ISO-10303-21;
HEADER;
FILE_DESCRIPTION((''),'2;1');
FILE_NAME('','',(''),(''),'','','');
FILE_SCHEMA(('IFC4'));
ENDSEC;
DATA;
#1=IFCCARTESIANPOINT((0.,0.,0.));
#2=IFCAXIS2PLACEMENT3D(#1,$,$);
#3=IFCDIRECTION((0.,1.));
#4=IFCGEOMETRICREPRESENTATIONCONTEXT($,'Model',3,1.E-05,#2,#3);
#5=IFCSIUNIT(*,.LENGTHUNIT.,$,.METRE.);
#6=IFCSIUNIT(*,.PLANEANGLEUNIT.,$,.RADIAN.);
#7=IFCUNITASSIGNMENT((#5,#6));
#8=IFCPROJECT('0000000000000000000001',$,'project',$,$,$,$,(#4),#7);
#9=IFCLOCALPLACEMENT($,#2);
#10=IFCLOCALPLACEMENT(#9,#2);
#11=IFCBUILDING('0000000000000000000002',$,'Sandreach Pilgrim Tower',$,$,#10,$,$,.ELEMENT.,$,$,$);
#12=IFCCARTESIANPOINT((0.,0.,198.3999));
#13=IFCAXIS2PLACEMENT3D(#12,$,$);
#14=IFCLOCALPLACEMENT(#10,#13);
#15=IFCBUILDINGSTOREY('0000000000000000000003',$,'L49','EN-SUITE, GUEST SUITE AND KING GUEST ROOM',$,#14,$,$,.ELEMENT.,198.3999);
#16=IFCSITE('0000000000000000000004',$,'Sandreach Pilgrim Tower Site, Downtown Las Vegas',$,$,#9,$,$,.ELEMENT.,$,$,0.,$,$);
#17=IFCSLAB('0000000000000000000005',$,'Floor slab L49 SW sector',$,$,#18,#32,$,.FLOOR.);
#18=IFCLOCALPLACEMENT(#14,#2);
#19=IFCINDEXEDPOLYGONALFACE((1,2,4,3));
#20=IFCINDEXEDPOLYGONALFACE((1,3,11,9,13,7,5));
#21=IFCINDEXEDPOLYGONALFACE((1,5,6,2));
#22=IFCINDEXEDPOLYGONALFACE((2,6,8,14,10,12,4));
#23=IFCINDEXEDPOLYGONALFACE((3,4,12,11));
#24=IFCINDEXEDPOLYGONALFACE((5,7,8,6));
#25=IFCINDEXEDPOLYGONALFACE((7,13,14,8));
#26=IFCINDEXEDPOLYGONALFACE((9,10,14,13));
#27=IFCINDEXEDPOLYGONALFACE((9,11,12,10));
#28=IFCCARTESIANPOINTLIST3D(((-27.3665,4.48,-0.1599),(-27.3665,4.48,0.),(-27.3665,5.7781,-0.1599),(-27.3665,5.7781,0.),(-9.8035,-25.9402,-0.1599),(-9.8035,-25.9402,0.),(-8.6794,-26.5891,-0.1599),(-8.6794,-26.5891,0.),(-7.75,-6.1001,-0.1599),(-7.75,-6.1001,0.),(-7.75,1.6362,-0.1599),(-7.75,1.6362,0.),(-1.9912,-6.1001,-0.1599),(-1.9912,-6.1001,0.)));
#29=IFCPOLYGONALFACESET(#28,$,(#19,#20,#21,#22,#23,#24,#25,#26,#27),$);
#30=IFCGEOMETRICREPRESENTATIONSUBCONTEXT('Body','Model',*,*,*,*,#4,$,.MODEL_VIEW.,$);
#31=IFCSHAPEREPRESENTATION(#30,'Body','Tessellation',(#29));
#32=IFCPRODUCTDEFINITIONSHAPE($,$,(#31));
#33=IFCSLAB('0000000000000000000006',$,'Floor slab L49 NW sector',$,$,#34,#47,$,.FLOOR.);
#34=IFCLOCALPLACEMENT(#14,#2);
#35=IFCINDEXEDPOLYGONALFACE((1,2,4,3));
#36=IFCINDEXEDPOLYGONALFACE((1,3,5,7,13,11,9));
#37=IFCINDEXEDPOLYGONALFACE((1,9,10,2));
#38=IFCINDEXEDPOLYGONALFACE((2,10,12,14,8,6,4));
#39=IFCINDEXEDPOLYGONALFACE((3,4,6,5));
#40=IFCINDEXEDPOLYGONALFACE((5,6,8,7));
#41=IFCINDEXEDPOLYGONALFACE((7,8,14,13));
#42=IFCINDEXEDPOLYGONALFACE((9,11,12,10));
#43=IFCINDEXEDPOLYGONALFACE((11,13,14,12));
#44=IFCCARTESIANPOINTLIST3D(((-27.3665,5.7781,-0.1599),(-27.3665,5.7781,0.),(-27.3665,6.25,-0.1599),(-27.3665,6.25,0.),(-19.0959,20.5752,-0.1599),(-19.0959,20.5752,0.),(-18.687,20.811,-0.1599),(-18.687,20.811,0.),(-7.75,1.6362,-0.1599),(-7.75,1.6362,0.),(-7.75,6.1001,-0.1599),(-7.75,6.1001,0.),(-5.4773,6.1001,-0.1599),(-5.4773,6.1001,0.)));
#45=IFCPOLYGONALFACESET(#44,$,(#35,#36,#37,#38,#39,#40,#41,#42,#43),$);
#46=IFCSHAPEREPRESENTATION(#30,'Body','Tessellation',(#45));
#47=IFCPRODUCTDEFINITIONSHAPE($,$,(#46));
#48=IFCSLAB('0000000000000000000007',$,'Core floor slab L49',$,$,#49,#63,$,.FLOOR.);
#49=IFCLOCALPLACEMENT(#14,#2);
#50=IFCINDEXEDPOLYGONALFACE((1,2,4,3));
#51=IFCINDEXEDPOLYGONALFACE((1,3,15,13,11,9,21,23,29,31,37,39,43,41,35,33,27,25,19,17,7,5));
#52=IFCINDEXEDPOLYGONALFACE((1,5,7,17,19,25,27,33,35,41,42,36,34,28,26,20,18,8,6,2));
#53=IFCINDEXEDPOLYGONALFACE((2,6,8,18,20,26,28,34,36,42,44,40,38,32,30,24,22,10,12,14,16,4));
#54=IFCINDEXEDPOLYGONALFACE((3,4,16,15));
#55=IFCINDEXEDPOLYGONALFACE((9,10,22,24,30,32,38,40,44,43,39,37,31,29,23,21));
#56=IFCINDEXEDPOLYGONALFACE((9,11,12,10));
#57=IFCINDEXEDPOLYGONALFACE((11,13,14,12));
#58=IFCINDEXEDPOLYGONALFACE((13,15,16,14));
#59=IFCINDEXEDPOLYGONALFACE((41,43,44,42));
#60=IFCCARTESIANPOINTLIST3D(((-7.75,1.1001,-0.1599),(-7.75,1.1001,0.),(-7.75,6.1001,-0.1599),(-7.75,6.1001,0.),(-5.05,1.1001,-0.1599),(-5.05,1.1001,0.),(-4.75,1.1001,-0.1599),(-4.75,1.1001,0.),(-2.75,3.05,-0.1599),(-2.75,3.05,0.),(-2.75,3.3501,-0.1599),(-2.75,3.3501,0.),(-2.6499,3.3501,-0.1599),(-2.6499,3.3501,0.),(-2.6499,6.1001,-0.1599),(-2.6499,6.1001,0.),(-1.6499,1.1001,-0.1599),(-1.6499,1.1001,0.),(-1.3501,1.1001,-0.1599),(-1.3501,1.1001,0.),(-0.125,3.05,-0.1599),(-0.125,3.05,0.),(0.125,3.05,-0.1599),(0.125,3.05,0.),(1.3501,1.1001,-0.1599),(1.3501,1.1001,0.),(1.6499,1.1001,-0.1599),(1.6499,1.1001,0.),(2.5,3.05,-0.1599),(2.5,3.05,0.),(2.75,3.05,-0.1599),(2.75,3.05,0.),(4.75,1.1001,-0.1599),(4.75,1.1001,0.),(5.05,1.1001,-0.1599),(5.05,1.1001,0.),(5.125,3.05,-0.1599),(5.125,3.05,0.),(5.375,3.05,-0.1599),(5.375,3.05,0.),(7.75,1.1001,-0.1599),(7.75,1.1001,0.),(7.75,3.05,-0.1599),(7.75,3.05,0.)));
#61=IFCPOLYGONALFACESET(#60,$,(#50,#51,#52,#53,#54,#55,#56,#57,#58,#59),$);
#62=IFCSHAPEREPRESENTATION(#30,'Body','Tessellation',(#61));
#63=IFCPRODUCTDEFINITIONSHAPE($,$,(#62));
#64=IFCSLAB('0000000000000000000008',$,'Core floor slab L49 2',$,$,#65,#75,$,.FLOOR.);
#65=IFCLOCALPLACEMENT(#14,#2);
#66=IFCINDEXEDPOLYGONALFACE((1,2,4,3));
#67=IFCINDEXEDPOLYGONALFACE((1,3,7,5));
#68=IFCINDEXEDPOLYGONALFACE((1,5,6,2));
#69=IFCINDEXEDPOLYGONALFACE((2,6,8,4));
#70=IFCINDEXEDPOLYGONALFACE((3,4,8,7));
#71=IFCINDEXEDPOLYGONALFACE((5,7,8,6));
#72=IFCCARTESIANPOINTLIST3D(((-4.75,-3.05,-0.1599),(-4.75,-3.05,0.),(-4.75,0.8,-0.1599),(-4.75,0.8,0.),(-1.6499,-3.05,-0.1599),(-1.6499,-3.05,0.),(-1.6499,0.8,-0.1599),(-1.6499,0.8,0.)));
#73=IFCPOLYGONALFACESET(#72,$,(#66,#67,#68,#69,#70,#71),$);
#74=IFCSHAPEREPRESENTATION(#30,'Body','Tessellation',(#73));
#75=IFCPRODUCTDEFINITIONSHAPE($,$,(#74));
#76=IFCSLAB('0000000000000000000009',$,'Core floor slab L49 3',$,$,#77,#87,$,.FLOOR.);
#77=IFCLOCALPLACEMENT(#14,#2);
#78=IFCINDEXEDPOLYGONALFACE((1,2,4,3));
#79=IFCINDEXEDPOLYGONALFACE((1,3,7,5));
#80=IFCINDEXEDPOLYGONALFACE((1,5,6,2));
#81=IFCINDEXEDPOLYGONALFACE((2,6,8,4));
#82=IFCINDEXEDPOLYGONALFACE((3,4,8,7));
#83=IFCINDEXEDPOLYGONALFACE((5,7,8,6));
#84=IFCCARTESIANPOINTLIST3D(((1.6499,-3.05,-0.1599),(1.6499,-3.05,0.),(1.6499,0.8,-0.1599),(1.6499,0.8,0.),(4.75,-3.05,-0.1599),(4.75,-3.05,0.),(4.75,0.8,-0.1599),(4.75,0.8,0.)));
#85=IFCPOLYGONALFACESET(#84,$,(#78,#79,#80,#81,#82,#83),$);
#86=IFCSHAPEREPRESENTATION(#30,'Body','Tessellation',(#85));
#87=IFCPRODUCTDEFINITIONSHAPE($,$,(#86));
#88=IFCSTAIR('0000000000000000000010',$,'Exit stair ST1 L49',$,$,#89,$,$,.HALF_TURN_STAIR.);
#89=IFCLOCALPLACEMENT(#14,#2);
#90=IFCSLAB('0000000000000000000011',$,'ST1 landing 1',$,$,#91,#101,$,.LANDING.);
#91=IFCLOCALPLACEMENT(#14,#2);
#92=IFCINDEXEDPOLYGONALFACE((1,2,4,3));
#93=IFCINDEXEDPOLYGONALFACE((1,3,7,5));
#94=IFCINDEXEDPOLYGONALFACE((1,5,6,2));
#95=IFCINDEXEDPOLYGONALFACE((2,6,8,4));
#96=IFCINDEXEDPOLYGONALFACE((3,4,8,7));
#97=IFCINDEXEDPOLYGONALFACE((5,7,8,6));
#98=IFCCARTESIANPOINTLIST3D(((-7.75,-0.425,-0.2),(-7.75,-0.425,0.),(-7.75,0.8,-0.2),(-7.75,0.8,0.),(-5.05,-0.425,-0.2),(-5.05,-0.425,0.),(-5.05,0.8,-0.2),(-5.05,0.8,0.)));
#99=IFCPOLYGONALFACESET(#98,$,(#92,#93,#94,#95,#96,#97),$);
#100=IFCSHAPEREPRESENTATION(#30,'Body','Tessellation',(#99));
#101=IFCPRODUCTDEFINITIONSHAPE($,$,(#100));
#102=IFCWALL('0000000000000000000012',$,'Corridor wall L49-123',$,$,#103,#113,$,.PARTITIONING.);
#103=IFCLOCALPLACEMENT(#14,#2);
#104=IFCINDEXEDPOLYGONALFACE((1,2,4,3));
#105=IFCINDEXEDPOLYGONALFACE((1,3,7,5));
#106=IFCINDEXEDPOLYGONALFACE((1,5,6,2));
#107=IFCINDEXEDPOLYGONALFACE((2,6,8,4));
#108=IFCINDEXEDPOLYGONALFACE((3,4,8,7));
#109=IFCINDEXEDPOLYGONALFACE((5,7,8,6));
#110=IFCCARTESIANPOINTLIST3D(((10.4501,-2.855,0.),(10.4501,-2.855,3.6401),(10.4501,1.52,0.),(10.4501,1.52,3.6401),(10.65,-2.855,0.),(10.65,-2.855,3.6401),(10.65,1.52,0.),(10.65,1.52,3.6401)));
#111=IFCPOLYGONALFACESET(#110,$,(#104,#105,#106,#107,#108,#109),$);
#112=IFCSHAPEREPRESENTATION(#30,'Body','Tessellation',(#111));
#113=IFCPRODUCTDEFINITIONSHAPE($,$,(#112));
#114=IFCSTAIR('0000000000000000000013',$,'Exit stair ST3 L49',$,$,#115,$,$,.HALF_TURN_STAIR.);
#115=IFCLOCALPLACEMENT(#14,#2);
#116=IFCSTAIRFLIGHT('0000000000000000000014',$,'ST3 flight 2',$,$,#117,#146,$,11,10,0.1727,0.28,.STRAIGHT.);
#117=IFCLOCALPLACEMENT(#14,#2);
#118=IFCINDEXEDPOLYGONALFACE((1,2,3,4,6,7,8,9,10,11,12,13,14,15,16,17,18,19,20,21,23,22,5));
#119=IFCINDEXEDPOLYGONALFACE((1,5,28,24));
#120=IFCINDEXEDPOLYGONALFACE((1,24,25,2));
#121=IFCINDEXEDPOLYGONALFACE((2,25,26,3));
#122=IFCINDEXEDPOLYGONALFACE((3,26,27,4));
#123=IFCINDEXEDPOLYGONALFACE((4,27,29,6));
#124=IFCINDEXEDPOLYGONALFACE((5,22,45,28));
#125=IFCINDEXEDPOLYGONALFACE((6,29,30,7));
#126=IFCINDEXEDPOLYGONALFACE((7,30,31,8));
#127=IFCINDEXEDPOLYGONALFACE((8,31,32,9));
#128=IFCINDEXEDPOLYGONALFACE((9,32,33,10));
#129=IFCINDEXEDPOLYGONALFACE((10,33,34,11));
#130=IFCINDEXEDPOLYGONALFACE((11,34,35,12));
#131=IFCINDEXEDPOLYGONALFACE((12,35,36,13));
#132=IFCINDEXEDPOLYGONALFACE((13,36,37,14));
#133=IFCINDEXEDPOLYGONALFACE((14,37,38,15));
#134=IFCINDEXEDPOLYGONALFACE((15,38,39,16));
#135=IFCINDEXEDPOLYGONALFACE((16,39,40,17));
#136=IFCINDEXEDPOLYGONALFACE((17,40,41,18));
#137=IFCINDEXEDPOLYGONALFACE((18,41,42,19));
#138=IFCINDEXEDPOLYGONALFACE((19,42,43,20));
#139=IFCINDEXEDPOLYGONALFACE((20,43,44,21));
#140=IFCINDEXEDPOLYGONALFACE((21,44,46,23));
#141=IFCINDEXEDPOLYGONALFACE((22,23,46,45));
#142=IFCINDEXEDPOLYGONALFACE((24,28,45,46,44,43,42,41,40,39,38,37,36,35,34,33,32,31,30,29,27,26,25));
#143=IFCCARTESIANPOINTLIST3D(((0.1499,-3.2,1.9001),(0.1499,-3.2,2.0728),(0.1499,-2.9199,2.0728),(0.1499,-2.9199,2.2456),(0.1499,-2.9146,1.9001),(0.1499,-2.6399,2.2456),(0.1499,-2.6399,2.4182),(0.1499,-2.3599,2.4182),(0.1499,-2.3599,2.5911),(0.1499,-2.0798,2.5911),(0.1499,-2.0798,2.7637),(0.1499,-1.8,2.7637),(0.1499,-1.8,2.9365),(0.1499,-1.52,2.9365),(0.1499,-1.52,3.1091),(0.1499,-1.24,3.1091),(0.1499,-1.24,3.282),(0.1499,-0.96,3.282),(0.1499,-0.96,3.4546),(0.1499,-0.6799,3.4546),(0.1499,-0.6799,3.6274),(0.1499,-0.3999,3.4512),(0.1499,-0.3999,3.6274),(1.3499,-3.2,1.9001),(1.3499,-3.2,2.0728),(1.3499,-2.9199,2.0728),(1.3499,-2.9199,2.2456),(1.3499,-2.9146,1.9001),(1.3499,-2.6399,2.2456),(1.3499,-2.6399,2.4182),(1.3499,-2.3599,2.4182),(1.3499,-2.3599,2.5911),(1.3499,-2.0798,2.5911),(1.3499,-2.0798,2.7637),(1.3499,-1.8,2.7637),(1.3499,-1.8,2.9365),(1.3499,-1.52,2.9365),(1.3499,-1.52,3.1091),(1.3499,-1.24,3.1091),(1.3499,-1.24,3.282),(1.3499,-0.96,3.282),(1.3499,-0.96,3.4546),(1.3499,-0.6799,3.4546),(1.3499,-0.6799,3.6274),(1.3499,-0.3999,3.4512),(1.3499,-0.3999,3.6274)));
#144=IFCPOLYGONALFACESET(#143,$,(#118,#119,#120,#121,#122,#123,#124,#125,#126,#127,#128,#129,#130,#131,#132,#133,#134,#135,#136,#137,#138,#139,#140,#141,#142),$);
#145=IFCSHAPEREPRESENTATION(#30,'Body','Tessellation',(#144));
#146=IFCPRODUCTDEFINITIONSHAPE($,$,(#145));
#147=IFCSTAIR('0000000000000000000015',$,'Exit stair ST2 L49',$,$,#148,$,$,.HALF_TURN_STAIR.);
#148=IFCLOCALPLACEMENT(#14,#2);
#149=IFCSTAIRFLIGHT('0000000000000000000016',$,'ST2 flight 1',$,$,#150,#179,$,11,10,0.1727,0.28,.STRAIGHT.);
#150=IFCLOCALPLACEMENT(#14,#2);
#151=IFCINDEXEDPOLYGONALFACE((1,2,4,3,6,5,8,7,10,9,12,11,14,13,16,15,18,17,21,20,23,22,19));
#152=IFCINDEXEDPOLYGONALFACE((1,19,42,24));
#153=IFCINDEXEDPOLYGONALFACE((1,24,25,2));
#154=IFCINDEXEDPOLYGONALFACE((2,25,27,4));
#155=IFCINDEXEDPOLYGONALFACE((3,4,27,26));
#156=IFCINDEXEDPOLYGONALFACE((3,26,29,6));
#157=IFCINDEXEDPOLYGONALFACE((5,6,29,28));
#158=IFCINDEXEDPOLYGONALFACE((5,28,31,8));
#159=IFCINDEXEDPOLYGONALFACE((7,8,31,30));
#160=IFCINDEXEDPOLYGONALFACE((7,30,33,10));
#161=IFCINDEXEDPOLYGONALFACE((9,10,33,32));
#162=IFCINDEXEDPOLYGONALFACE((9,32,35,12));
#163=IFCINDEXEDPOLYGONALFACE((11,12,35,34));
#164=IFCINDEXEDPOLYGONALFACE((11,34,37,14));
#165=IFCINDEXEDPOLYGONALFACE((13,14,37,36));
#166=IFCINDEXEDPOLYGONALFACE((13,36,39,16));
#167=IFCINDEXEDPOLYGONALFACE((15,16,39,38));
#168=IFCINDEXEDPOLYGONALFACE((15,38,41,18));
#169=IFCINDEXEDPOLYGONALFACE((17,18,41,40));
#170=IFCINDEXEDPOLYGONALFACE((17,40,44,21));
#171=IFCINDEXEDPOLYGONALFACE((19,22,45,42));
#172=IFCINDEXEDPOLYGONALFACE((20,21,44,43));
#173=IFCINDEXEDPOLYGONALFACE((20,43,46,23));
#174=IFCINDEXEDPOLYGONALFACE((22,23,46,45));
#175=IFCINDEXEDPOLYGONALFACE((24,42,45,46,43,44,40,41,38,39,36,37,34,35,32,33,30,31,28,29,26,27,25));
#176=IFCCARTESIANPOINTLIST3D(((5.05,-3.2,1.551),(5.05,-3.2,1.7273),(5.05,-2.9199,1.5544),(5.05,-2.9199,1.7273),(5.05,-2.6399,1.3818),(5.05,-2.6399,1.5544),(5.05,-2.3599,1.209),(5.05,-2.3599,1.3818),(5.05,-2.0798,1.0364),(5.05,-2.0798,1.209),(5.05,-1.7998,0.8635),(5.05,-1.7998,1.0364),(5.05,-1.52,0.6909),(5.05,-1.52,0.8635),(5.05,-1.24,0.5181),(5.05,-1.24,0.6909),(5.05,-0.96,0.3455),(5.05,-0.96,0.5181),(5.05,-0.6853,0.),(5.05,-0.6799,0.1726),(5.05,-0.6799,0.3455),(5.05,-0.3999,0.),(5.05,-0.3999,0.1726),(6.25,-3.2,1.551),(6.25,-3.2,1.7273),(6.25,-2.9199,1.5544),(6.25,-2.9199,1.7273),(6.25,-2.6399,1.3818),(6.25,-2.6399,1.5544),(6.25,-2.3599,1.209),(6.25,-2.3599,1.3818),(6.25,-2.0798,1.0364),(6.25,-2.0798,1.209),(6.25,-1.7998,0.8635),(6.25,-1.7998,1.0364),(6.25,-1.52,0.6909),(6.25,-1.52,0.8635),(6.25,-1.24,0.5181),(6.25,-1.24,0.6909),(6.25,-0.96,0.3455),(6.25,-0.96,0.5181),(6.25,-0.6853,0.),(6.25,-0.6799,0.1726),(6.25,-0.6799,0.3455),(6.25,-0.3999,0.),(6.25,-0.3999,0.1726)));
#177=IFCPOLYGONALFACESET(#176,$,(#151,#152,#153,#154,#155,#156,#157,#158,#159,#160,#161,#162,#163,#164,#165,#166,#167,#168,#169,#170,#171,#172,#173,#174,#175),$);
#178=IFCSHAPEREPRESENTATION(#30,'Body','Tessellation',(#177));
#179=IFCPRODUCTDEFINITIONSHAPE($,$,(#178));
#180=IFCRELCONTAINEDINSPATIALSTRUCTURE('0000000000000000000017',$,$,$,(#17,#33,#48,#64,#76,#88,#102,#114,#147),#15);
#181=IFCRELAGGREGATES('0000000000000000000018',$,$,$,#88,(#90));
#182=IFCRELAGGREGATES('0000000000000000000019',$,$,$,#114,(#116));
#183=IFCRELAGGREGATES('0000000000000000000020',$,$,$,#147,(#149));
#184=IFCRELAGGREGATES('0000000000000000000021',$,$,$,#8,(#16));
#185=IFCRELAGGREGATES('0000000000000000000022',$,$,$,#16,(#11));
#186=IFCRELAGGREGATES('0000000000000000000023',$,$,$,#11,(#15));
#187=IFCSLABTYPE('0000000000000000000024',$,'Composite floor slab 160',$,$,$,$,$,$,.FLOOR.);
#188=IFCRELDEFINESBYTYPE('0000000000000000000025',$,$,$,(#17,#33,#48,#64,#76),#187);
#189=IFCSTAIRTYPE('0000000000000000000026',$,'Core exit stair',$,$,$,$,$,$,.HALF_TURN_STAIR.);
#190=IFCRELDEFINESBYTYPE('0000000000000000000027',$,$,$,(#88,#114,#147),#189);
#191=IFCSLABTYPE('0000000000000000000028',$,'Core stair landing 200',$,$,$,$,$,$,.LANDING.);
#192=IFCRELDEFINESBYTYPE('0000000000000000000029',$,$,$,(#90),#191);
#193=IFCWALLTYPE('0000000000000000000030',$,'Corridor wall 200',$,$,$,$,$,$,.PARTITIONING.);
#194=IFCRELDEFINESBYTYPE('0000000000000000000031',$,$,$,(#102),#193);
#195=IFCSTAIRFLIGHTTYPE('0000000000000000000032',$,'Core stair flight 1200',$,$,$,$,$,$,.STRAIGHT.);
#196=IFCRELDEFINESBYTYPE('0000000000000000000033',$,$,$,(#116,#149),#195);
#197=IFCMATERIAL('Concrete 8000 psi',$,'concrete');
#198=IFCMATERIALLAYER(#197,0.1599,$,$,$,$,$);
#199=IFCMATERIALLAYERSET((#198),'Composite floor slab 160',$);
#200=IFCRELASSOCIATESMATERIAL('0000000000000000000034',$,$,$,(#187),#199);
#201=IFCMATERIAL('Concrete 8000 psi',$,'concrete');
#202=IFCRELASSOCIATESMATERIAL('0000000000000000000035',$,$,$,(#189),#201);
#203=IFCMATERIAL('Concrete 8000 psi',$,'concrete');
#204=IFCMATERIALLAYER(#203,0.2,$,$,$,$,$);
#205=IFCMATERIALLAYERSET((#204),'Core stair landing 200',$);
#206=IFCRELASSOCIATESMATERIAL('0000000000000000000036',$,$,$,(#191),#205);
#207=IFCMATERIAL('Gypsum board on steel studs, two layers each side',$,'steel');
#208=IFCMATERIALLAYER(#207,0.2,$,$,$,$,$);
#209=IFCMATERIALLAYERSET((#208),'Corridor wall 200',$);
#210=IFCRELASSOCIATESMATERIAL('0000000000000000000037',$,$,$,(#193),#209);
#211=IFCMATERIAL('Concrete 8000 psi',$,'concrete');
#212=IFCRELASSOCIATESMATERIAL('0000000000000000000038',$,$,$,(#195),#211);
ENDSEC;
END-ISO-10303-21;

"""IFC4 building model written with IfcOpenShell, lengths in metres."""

from ifc_helpers import new_model, si_unit, direction, frame, frame_2d, origin, place, context, subcontext, project, spatial, polyline, rectangle, outline, extrude, material, layer, layer_set, type_object, element, aggregate, save


model = new_model("IFC4")

# Units and contexts
model_context = context("Model", 3, precision=1e-05, world=origin(), true_north=direction((0.0, 1.0)))
body_context = subcontext(model_context, "Body", "Model", "MODEL_VIEW")
ifc_project = project(units=[si_unit("LENGTHUNIT", "METRE"), si_unit("PLANEANGLEUNIT", "RADIAN")], contexts=[model_context])

# Site, building, storey
site_placement = place(None, origin())
site = spatial("IfcSite", under=ifc_project, at=site_placement, Name="Sandreach Pilgrim Tower Site, Downtown Las Vegas", CompositionType="ELEMENT", RefElevation=0.0)
building_placement = place(site_placement, origin())
building = spatial("IfcBuilding", under=site, at=building_placement, Name="Sandreach Pilgrim Tower", CompositionType="ELEMENT")
storey_placement = place(building_placement, frame((0.0, 0.0, 198.3999)))
storey = spatial("IfcBuildingStorey", under=building, at=storey_placement, Name="L49", Description="EN-SUITE, GUEST SUITE AND KING GUEST ROOM", CompositionType="ELEMENT", Elevation=198.3999)

# Slabs
ifc_material_1 = material(Name="Concrete 8000 psi", Category="concrete")
ifc_layer_1 = layer(ifc_material_1, 0.1599)
ifc_layer_set_1 = layer_set([ifc_layer_1], Name="Composite floor slab 160")
slab_type_1 = type_object("IfcSlabType", Name="Composite floor slab 160", PredefinedType="FLOOR", material=ifc_layer_set_1)
slab_1_placement = place(storey_placement, frame((0.0, 0.0, -0.1599)))
element("IfcSlab", 1, at=slab_1_placement, inside=storey, type_object=slab_type_1, Name="Floor slab L49 SW sector", PredefinedType="FLOOR", context=body_context, shape_type="SweptSolid", body=[
    extrude(outline(polyline([(-9.8035, -25.9402), (-27.3665, 4.48), (-27.3665, 5.7781), (-7.75, 1.6362), (-7.75, -6.1001), (-1.9912, -6.1001), (-8.6794, -26.5891), (-9.8035, -25.9402)])), origin(), (0.0, 0.0, 1.0), 0.1599),
])
slab_2_placement = place(storey_placement, frame((0.0, 0.0, -0.1599)))
element("IfcSlab", 2, at=slab_2_placement, inside=storey, type_object=slab_type_1, Name="Floor slab L49 NW sector", PredefinedType="FLOOR", context=body_context, shape_type="SweptSolid", body=[
    extrude(outline(polyline([(-27.3665, 6.25), (-19.0959, 20.5752), (-18.687, 20.811), (-5.4773, 6.1001), (-7.75, 6.1001), (-7.75, 1.6362), (-27.3665, 5.7781), (-27.3665, 6.25)])), origin(), (0.0, 0.0, 1.0), 0.1599),
])
slab_3_placement = place(storey_placement, frame((0.0, 0.0, -0.1599)))
element("IfcSlab", 3, at=slab_3_placement, inside=storey, type_object=slab_type_1, Name="Core floor slab L49", PredefinedType="FLOOR", context=body_context, shape_type="SweptSolid", body=[
    extrude(outline(polyline([(-2.75, 3.3501), (-2.75, 3.05), (-0.125, 3.05), (0.125, 3.05), (2.5, 3.05), (2.75, 3.05), (5.125, 3.05), (5.375, 3.05), (7.75, 3.05), (7.75, 1.1001), (5.05, 1.1001), (4.75, 1.1001), (1.6499, 1.1001), (1.3501, 1.1001), (-1.3501, 1.1001), (-1.6499, 1.1001), (-4.75, 1.1001), (-5.05, 1.1001), (-7.75, 1.1001), (-7.75, 6.1001), (-2.6499, 6.1001), (-2.6499, 3.3501), (-2.75, 3.3501)])), origin(), (0.0, 0.0, 1.0), 0.1599),
])
slab_4_placement = place(storey_placement, frame((0.0, 0.0, -0.1599)))
element("IfcSlab", 4, at=slab_4_placement, inside=storey, type_object=slab_type_1, Name="Core floor slab L49 2", PredefinedType="FLOOR", context=body_context, shape_type="SweptSolid", body=[
    extrude(outline(polyline([(-1.6499, -3.05), (-4.75, -3.05), (-4.75, 0.8), (-1.6499, 0.8), (-1.6499, -3.05)])), origin(), (0.0, 0.0, 1.0), 0.1599),
])
slab_5_placement = place(storey_placement, frame((0.0, 0.0, -0.1599)))
element("IfcSlab", 5, at=slab_5_placement, inside=storey, type_object=slab_type_1, Name="Core floor slab L49 3", PredefinedType="FLOOR", context=body_context, shape_type="SweptSolid", body=[
    extrude(outline(polyline([(4.75, -3.05), (1.6499, -3.05), (1.6499, 0.8), (4.75, 0.8), (4.75, -3.05)])), origin(), (0.0, 0.0, 1.0), 0.1599),
])

# Stair, slab
ifc_material_2 = material(Name="Concrete 8000 psi", Category="concrete")
stair_type = type_object("IfcStairType", Name="Core exit stair", PredefinedType="HALF_TURN_STAIR", material=ifc_material_2)
stair_1_placement = place(storey_placement, origin())
stair_1 = element("IfcStair", 6, at=stair_1_placement, inside=storey, type_object=stair_type, Name="Exit stair ST1 L49", PredefinedType="HALF_TURN_STAIR")
ifc_material_3 = material(Name="Concrete 8000 psi", Category="concrete")
ifc_layer_2 = layer(ifc_material_3, 0.2)
ifc_layer_set_2 = layer_set([ifc_layer_2], Name="Core stair landing 200")
slab_type_2 = type_object("IfcSlabType", Name="Core stair landing 200", PredefinedType="LANDING", material=ifc_layer_set_2)
slab_6_placement = place(storey_placement, frame((0.0, 0.0, -0.2)))
slab_6 = element("IfcSlab", 7, at=slab_6_placement, type_object=slab_type_2, Name="ST1 landing 1", PredefinedType="LANDING", context=body_context, shape_type="SweptSolid", body=[
    extrude(outline(polyline([(-7.75, -0.425), (-5.05, -0.425), (-5.05, 0.8), (-7.75, 0.8), (-7.75, -0.425)])), origin(), (0.0, 0.0, 1.0), 0.2),
])
aggregate(stair_1, [slab_6])

# Wall
ifc_material_4 = material(Name="Gypsum board on steel studs, two layers each side", Category="steel")
ifc_layer_3 = layer(ifc_material_4, 0.2)
ifc_layer_set_3 = layer_set([ifc_layer_3], Name="Corridor wall 200")
wall_type_1 = type_object("IfcWallType", Name="Corridor wall 200", PredefinedType="PARTITIONING", material=ifc_layer_set_3)
wall_1_placement = place(storey_placement, frame((10.55, -2.855, 0.0), z_axis=(0.0, 0.0, 1.0), x_axis=(0.0, 1.0, 0.0)))
element("IfcWall", 8, at=wall_1_placement, inside=storey, type_object=wall_type_1, Name="Corridor wall L49-123", PredefinedType="PARTITIONING", context=body_context, shape_type="SweptSolid", body=[
    extrude(rectangle(XDim=4.375, YDim=0.2, at=frame_2d((2.1875, 0.0))), origin(), (0.0, 0.0, 1.0), 3.6401),
])

# Stair, stair flight
stair_2_placement = place(storey_placement, origin())
stair_2 = element("IfcStair", 9, at=stair_2_placement, inside=storey, type_object=stair_type, Name="Exit stair ST3 L49", PredefinedType="HALF_TURN_STAIR")
ifc_material_5 = material(Name="Concrete 8000 psi", Category="concrete")
stair_flight_type = type_object("IfcStairFlightType", Name="Core stair flight 1200", PredefinedType="STRAIGHT", material=ifc_material_5)
stair_flight_1_placement = place(storey_placement, frame((0.75, -3.2, 1.9001), z_axis=(0.0, 0.0, 1.0), x_axis=(0.0, 1.0, 0.0)))
stair_flight_1 = element("IfcStairFlight", 10, at=stair_flight_1_placement, type_object=stair_flight_type, Name="ST3 flight 2", NumberOfRisers=11, NumberOfTreads=10, PredefinedType="STRAIGHT", RiserHeight=0.1727, TreadLength=0.28, context=body_context, shape_type="SweptSolid", body=[
    extrude(outline(polyline([(0.0, 0.0), (0.0, 0.1726), (0.28, 0.1726), (0.28, 0.3455), (0.5601, 0.3455), (0.5601, 0.5181), (0.8401, 0.5181), (0.8401, 0.6909), (1.1201, 0.6909), (1.1201, 0.8635), (1.3999, 0.8635), (1.3999, 1.0364), (1.6799, 1.0364), (1.6799, 1.209), (1.96, 1.209), (1.96, 1.3818), (2.24, 1.3818), (2.24, 1.5544), (2.52, 1.5544), (2.52, 1.7273), (2.8, 1.7273), (2.8, 1.8999), (2.8, 1.551), (0.2854, 0.0), (0.0, 0.0)])), frame((0.0, 0.6001, 0.0), z_axis=(0.0, -1.0, 0.0), x_axis=(1.0, 0.0, 0.0)), (0.0, 0.0, 1.0), 1.2),
])
aggregate(stair_2, [stair_flight_1])

# Stair, stair flight
stair_3_placement = place(storey_placement, origin())
stair_3 = element("IfcStair", 11, at=stair_3_placement, inside=storey, type_object=stair_type, Name="Exit stair ST2 L49", PredefinedType="HALF_TURN_STAIR")
stair_flight_2_placement = place(storey_placement, frame((5.6499, -0.3999, 0.0), z_axis=(0.0, 0.0, 1.0), x_axis=(0.0, -1.0, 0.0)))
stair_flight_2 = element("IfcStairFlight", 12, at=stair_flight_2_placement, type_object=stair_flight_type, Name="ST2 flight 1", NumberOfRisers=11, NumberOfTreads=10, PredefinedType="STRAIGHT", RiserHeight=0.1727, TreadLength=0.28, context=body_context, shape_type="SweptSolid", body=[
    extrude(outline(polyline([(0.0, 0.0), (0.0, 0.1726), (0.28, 0.1726), (0.28, 0.3455), (0.5601, 0.3455), (0.5601, 0.5181), (0.8401, 0.5181), (0.8401, 0.6909), (1.1201, 0.6909), (1.1201, 0.8635), (1.3999, 0.8635), (1.3999, 1.0364), (1.6799, 1.0364), (1.6799, 1.209), (1.96, 1.209), (1.96, 1.3818), (2.24, 1.3818), (2.24, 1.5544), (2.52, 1.5544), (2.52, 1.7273), (2.8, 1.7273), (2.8, 1.8999), (2.8, 1.551), (0.2854, 0.0), (0.0, 0.0)])), frame((0.0, 0.6001, 0.0), z_axis=(0.0, -1.0, 0.0), x_axis=(1.0, 0.0, 0.0)), (0.0, 0.0, 1.0), 1.2),
])
aggregate(stair_3, [stair_flight_2])

save(model, "model.ifc")
